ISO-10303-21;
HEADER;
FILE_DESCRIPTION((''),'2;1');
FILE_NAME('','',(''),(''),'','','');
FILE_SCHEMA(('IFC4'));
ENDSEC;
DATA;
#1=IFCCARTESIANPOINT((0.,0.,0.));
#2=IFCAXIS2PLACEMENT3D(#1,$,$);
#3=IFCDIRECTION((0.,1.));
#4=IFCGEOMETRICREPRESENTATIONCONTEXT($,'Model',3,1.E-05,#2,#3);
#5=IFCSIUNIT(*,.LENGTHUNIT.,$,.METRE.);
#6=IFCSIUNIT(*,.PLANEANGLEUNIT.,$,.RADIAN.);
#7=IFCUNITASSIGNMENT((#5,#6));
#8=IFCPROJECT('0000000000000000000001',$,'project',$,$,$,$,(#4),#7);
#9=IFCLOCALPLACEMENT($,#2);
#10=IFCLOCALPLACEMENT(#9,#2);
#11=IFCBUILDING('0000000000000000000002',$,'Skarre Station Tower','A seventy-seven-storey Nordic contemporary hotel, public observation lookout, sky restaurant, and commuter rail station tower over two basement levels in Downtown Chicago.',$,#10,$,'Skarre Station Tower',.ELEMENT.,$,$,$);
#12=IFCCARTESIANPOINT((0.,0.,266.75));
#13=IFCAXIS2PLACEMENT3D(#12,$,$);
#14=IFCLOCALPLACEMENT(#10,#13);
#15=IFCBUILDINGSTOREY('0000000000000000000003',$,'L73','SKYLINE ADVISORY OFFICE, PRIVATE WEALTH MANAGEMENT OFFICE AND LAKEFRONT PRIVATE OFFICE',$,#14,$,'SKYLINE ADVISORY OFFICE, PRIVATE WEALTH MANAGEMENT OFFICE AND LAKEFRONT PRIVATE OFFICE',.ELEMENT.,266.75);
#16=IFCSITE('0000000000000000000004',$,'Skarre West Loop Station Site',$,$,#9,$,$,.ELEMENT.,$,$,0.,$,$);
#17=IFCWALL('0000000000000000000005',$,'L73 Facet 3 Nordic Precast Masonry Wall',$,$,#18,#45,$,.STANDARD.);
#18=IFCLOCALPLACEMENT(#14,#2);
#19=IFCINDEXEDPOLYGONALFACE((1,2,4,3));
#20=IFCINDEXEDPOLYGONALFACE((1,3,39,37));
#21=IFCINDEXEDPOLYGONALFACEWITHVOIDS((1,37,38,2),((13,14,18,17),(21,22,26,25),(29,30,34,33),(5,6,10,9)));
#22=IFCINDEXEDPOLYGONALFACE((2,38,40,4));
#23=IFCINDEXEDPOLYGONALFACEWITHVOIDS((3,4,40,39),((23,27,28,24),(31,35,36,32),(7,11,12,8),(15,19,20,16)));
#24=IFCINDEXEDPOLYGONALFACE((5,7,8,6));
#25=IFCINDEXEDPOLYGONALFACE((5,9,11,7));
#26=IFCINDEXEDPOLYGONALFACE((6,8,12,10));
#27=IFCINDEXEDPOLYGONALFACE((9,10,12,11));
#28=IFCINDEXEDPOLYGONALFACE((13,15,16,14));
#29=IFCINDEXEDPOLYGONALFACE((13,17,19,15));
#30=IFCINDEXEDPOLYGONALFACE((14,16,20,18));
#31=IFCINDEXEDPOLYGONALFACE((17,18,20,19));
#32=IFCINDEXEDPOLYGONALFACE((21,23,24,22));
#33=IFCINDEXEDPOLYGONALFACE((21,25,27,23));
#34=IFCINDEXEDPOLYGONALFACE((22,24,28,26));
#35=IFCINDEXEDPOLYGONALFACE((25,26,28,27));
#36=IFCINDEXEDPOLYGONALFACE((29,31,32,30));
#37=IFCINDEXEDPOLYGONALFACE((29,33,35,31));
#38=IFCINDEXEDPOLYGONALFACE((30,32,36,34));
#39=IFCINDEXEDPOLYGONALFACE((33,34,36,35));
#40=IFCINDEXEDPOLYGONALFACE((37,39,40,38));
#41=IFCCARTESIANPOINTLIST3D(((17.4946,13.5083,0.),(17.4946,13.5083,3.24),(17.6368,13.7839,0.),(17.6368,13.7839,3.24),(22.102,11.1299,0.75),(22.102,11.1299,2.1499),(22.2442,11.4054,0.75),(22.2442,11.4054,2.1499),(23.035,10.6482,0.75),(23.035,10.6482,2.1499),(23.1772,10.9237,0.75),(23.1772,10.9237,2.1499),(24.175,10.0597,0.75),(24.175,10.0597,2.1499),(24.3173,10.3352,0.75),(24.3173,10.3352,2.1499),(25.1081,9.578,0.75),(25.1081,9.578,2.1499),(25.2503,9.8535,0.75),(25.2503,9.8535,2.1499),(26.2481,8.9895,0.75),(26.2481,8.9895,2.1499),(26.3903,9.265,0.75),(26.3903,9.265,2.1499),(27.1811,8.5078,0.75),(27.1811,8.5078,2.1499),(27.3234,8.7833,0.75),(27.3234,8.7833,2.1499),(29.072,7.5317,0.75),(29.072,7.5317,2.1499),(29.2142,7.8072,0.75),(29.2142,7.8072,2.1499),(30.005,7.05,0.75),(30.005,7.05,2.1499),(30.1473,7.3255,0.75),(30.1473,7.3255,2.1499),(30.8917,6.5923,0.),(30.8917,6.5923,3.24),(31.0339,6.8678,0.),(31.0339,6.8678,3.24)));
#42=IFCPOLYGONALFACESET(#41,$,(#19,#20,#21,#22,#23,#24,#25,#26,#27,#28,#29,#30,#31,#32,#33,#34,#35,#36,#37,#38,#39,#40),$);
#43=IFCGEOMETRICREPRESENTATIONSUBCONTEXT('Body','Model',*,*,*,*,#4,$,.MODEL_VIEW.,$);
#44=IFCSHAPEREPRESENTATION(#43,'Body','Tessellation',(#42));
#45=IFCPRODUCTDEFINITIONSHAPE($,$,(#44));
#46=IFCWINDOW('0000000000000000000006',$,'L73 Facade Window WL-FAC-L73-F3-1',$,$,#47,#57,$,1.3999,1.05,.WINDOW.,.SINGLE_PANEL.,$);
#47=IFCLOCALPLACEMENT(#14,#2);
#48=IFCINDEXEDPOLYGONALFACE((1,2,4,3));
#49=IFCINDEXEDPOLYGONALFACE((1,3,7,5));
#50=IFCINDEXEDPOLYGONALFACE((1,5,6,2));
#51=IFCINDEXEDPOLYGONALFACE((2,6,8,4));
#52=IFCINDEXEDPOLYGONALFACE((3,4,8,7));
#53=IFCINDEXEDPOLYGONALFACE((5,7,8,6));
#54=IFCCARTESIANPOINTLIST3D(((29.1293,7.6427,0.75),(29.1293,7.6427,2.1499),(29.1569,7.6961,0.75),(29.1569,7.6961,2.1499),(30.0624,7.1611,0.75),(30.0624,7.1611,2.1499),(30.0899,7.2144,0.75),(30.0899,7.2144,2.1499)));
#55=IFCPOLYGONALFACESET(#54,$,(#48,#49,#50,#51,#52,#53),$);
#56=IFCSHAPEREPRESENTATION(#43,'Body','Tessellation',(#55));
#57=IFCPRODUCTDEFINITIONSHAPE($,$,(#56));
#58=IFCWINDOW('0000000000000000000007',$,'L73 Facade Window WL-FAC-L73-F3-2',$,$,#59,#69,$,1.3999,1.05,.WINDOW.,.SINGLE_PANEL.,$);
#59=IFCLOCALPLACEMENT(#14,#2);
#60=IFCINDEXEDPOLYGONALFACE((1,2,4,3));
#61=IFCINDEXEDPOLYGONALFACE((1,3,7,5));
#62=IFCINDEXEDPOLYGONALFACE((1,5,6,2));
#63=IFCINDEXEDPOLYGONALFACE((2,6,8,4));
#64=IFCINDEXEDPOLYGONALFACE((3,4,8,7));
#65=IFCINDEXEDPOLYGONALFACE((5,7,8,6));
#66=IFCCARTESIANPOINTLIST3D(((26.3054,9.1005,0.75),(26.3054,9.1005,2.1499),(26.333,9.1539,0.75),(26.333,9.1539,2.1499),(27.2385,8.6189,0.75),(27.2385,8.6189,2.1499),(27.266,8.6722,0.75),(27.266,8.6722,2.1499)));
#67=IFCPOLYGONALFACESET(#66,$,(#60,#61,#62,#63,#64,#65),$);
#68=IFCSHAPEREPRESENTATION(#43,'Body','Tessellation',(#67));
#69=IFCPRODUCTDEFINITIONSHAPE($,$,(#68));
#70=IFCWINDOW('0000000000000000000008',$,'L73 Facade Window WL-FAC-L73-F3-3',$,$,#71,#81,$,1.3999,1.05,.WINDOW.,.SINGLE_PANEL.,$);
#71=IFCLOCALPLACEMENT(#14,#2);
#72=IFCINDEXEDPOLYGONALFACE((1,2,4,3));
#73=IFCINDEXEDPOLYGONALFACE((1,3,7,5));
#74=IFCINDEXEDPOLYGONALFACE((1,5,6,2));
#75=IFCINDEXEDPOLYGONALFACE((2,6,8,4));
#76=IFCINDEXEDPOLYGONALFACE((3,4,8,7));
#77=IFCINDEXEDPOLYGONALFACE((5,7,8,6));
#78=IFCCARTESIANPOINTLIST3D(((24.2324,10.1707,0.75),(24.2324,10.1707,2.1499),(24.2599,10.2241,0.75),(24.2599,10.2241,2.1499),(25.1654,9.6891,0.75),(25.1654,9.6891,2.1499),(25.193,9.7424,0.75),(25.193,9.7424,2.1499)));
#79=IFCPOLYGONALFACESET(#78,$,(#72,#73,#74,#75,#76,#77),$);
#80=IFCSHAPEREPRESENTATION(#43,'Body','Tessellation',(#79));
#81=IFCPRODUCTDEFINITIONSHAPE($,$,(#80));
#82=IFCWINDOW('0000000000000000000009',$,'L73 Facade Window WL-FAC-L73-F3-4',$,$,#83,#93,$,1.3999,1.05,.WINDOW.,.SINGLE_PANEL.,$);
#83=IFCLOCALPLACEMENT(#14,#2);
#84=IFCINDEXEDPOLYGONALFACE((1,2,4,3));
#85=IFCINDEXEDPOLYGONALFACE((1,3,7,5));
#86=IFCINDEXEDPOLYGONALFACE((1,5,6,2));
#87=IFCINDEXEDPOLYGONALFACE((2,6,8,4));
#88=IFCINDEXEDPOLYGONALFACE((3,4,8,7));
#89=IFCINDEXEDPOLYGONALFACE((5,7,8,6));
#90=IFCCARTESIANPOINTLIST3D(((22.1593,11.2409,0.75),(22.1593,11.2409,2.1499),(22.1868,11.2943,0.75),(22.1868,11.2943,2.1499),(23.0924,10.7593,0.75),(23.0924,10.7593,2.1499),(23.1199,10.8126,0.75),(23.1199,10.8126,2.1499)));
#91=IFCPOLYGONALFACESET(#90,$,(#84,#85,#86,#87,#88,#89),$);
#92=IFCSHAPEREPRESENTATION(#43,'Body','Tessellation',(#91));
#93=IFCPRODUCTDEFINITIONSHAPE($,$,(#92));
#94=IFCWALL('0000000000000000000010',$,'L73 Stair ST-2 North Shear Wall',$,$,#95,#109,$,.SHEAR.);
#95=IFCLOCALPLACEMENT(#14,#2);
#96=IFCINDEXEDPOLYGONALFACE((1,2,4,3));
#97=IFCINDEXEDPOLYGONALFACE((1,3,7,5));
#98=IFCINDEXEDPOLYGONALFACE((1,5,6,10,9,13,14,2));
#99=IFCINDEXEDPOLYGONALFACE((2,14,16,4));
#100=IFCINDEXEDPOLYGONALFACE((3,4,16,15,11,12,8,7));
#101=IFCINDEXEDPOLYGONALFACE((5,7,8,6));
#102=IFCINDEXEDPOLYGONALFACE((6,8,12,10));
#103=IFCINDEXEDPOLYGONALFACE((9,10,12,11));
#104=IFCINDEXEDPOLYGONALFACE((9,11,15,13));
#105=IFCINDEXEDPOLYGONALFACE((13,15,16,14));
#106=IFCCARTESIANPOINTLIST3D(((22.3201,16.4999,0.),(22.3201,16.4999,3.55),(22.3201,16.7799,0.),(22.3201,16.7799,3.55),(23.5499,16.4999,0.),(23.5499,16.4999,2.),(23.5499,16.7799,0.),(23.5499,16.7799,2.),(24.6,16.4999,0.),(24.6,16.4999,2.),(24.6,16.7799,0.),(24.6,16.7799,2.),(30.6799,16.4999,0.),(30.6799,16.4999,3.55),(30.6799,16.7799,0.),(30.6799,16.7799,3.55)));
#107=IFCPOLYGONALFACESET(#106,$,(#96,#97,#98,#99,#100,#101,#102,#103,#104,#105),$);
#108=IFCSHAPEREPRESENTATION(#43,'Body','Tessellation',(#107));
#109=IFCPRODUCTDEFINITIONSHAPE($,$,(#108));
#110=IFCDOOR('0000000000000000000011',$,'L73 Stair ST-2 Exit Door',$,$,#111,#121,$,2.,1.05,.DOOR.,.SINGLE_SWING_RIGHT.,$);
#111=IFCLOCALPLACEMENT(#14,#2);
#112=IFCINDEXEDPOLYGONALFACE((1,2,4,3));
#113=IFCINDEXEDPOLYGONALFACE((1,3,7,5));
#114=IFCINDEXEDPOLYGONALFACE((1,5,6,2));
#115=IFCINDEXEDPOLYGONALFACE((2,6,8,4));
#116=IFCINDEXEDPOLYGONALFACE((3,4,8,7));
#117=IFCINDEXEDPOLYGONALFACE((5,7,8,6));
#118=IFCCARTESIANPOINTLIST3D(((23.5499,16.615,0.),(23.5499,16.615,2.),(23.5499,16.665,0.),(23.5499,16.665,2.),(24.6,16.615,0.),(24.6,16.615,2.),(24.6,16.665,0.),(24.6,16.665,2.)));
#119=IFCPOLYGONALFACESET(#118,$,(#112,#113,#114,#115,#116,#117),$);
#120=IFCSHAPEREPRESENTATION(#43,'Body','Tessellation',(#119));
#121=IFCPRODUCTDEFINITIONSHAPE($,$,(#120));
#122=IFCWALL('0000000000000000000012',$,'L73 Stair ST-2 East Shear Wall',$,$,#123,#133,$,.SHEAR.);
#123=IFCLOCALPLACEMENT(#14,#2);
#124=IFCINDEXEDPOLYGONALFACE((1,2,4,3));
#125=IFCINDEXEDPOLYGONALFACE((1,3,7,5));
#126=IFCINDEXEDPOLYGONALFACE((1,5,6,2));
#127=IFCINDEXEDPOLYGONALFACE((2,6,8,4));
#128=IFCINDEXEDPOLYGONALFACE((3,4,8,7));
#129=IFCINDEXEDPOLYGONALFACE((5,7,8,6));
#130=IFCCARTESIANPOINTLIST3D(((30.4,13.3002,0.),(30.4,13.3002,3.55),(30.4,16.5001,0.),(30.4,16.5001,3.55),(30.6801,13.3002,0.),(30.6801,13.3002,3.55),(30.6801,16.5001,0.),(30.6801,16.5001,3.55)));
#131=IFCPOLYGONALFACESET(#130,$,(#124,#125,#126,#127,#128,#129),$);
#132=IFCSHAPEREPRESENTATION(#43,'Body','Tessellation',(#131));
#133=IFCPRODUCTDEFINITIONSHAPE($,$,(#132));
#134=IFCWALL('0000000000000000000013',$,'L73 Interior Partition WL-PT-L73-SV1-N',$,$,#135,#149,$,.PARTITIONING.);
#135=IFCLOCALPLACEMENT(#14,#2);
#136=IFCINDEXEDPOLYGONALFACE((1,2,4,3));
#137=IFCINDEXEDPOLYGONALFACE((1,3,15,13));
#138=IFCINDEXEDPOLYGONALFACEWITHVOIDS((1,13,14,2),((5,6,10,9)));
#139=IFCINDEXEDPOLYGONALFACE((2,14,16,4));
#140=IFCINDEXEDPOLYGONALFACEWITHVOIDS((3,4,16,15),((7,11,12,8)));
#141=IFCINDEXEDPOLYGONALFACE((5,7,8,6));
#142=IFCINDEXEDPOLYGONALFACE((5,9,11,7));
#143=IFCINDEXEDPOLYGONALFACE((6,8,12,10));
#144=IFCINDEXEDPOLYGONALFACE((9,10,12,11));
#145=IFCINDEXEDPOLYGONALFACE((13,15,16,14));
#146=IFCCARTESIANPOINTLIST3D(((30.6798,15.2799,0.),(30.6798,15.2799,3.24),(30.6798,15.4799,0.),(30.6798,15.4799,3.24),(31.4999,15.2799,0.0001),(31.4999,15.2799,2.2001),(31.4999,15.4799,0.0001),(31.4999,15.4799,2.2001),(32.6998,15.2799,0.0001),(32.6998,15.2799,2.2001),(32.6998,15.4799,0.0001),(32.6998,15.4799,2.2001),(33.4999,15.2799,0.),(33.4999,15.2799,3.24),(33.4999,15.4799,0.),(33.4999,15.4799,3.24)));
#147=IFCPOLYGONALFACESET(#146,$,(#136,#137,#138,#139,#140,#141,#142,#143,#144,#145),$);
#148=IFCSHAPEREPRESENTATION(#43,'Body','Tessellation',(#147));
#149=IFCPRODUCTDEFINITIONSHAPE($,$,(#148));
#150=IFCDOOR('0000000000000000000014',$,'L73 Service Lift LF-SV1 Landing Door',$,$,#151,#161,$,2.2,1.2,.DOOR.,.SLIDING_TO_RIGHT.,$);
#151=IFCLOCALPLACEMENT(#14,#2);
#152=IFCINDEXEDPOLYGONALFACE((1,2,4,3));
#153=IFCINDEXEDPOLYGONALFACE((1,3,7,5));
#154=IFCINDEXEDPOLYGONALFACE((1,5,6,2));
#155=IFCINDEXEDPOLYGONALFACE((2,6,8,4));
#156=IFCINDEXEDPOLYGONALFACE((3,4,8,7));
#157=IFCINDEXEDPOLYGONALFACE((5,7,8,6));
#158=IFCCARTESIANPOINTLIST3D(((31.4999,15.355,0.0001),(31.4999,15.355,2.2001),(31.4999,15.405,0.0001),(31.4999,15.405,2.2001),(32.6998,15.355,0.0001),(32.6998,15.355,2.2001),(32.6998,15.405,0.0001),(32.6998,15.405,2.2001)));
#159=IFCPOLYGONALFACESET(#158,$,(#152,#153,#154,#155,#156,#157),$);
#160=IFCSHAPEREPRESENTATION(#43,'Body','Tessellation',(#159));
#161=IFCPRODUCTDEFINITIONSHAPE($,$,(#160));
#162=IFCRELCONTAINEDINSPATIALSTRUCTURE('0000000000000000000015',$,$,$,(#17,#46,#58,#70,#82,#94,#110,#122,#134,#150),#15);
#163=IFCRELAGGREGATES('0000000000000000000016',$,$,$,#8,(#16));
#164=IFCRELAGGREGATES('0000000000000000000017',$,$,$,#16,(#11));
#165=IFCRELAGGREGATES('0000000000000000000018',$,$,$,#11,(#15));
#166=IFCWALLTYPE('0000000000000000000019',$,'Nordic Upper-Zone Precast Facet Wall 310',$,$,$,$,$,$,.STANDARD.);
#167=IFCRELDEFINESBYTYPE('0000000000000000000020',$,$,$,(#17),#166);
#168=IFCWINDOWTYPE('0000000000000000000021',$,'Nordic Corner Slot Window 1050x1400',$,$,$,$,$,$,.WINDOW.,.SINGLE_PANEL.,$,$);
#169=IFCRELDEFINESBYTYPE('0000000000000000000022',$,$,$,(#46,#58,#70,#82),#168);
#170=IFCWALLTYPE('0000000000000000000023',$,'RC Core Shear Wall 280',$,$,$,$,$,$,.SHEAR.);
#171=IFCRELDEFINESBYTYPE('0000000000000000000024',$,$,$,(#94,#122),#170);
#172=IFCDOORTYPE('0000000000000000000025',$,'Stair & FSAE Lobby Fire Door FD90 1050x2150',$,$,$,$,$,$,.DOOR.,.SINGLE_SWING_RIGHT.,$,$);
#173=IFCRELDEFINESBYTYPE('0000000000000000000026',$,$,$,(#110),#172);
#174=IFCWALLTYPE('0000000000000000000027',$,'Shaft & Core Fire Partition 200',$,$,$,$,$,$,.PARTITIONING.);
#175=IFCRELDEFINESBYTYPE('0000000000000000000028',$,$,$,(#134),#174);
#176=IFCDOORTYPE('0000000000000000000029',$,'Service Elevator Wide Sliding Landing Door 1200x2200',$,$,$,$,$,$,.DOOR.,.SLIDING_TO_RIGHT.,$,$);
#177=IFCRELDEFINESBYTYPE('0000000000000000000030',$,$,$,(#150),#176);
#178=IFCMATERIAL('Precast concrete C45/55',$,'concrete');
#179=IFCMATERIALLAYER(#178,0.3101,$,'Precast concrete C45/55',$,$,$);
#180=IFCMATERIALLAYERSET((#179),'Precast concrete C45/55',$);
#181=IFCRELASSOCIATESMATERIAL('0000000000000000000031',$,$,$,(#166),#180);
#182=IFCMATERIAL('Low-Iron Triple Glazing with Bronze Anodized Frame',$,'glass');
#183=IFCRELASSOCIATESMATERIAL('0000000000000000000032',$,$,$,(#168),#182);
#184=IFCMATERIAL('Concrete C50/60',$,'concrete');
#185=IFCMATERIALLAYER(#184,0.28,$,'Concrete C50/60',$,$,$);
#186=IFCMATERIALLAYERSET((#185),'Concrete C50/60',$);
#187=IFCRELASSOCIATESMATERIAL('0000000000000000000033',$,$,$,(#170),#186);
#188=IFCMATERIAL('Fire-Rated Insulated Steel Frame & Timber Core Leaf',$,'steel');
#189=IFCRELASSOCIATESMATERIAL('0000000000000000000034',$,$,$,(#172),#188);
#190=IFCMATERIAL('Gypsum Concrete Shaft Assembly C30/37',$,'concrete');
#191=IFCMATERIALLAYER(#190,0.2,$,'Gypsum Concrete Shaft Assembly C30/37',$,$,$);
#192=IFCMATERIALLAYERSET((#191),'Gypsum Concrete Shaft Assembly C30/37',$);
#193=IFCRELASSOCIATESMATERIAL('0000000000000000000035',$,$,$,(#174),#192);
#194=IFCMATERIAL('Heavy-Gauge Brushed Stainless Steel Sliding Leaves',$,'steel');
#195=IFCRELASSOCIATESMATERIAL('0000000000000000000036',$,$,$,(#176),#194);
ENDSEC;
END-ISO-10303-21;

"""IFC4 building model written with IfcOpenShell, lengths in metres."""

from ifc_helpers import new_model, si_unit, direction, frame, frame_2d, origin, place, context, subcontext, project, spatial, rectangle, extrude, material, layer, layer_set, type_object, element, fill, save


model = new_model("IFC4")

# Units and contexts
model_context = context("Model", 3, precision=1e-05, world=origin(), true_north=direction((0.0, 1.0)))
body_context = subcontext(model_context, "Body", "Model", "MODEL_VIEW")
ifc_project = project(units=[si_unit("LENGTHUNIT", "METRE"), si_unit("PLANEANGLEUNIT", "RADIAN")], contexts=[model_context])

# Site, building, storey
site_placement = place(None, origin())
site = spatial("IfcSite", under=ifc_project, at=site_placement, Name="Skarre West Loop Station Site", CompositionType="ELEMENT", RefElevation=0.0)
building_placement = place(site_placement, origin())
building = spatial("IfcBuilding", under=site, at=building_placement, Name="Skarre Station Tower", Description="A seventy-seven-storey Nordic contemporary hotel, public observation lookout, sky restaurant, and commuter rail station tower over two basement levels in Downtown Chicago.", LongName="Skarre Station Tower", CompositionType="ELEMENT")
storey_placement = place(building_placement, frame((0.0, 0.0, 266.75)))
storey = spatial("IfcBuildingStorey", under=building, at=storey_placement, Name="L73", Description="SKYLINE ADVISORY OFFICE, PRIVATE WEALTH MANAGEMENT OFFICE AND LAKEFRONT PRIVATE OFFICE", LongName="SKYLINE ADVISORY OFFICE, PRIVATE WEALTH MANAGEMENT OFFICE AND LAKEFRONT PRIVATE OFFICE", CompositionType="ELEMENT", Elevation=266.75)

# Shared definitions
ifc_material_1 = material(Name="Concrete C50/60", Category="concrete")

# Shared definitions
ifc_material_2 = material(Name="Precast concrete C45/55", Category="concrete")

# Wall, openings, windows
ifc_layer_1 = layer(ifc_material_2, 0.3101, Name="Precast concrete C45/55")
ifc_layer_set_1 = layer_set([ifc_layer_1], Name="Precast concrete C45/55")
wall_type_1 = type_object("IfcWallType", Name="Nordic Upper-Zone Precast Facet Wall 310", PredefinedType="STANDARD", material=ifc_layer_set_1)
wall_1_placement = place(storey_placement, frame((30.9629, 6.73, 0.0), z_axis=(0.0, 0.0, 1.0), x_axis=(-0.888581, 0.458719, 0.0)))
wall_1 = element("IfcWall", 1, at=wall_1_placement, inside=storey, type_object=wall_type_1, Name="L73 Facet 3 Nordic Precast Masonry Wall", PredefinedType="STANDARD", context=body_context, shape_type="SweptSolid", body=[
    extrude(rectangle(XDim=15.0769, YDim=0.3101, at=frame_2d((7.5386, 0.0))), origin(), (0.0, 0.0, 1.0), 3.24),
])
opening_1_placement = place(wall_1_placement, frame((0.998, 0.0, 0.75)))
opening_1 = element("IfcOpeningElement", 2, at=opening_1_placement, cuts=wall_1, PredefinedType="OPENING", context=body_context, shape_type="SweptSolid", body=[
    extrude(rectangle(XDim=1.05, YDim=1.3999, at=frame_2d((0.5249, 0.7))), frame((0.0, 0.165, 0.0), z_axis=(0.0, -1.0, 0.0), x_axis=(1.0, 0.0, 0.0)), (0.0, 0.0, 1.0), 0.3301),
])
opening_2_placement = place(wall_1_placement, frame((4.176, 0.0, 0.75)))
opening_2 = element("IfcOpeningElement", 3, at=opening_2_placement, cuts=wall_1, PredefinedType="OPENING", context=body_context, shape_type="SweptSolid", body=[
    extrude(rectangle(XDim=1.05, YDim=1.3999, at=frame_2d((0.5249, 0.7))), frame((0.0, 0.165, 0.0), z_axis=(0.0, -1.0, 0.0), x_axis=(1.0, 0.0, 0.0)), (0.0, 0.0, 1.0), 0.3301),
])
opening_3_placement = place(wall_1_placement, frame((6.509, 0.0, 0.75)))
opening_3 = element("IfcOpeningElement", 4, at=opening_3_placement, cuts=wall_1, PredefinedType="OPENING", context=body_context, shape_type="SweptSolid", body=[
    extrude(rectangle(XDim=1.05, YDim=1.3999, at=frame_2d((0.5249, 0.7))), frame((0.0, 0.165, 0.0), z_axis=(0.0, -1.0, 0.0), x_axis=(1.0, 0.0, 0.0)), (0.0, 0.0, 1.0), 0.3301),
])
opening_4_placement = place(wall_1_placement, frame((8.842, 0.0, 0.75)))
opening_4 = element("IfcOpeningElement", 5, at=opening_4_placement, cuts=wall_1, PredefinedType="OPENING", context=body_context, shape_type="SweptSolid", body=[
    extrude(rectangle(XDim=1.05, YDim=1.3999, at=frame_2d((0.5249, 0.7))), frame((0.0, 0.165, 0.0), z_axis=(0.0, -1.0, 0.0), x_axis=(1.0, 0.0, 0.0)), (0.0, 0.0, 1.0), 0.3301),
])
ifc_material_3 = material(Name="Low-Iron Triple Glazing with Bronze Anodized Frame", Category="glass")
window_type = type_object("IfcWindowType", Name="Nordic Corner Slot Window 1050x1400", PartitioningType="SINGLE_PANEL", PredefinedType="WINDOW", material=ifc_material_3)
window_1_placement = place(opening_1_placement, origin())
window_1 = element("IfcWindow", 6, at=window_1_placement, inside=storey, type_object=window_type, Name="L73 Facade Window WL-FAC-L73-F3-1", OverallHeight=1.3999, OverallWidth=1.05, PartitioningType="SINGLE_PANEL", PredefinedType="WINDOW", context=body_context, shape_type="SweptSolid", body=[
    extrude(rectangle(XDim=1.05, YDim=1.3999, at=frame_2d((0.5249, 0.7))), frame((0.0, 0.03, 0.0), z_axis=(0.0, -1.0, 0.0), x_axis=(1.0, 0.0, 0.0)), (0.0, 0.0, 1.0), 0.0601),
])
fill(opening_1, window_1)
window_2_placement = place(opening_2_placement, origin())
window_2 = element("IfcWindow", 7, at=window_2_placement, inside=storey, type_object=window_type, Name="L73 Facade Window WL-FAC-L73-F3-2", OverallHeight=1.3999, OverallWidth=1.05, PartitioningType="SINGLE_PANEL", PredefinedType="WINDOW", context=body_context, shape_type="SweptSolid", body=[
    extrude(rectangle(XDim=1.05, YDim=1.3999, at=frame_2d((0.5249, 0.7))), frame((0.0, 0.03, 0.0), z_axis=(0.0, -1.0, 0.0), x_axis=(1.0, 0.0, 0.0)), (0.0, 0.0, 1.0), 0.0601),
])
fill(opening_2, window_2)
window_3_placement = place(opening_3_placement, origin())
window_3 = element("IfcWindow", 8, at=window_3_placement, inside=storey, type_object=window_type, Name="L73 Facade Window WL-FAC-L73-F3-3", OverallHeight=1.3999, OverallWidth=1.05, PartitioningType="SINGLE_PANEL", PredefinedType="WINDOW", context=body_context, shape_type="SweptSolid", body=[
    extrude(rectangle(XDim=1.05, YDim=1.3999, at=frame_2d((0.5249, 0.7))), frame((0.0, 0.03, 0.0), z_axis=(0.0, -1.0, 0.0), x_axis=(1.0, 0.0, 0.0)), (0.0, 0.0, 1.0), 0.0601),
])
fill(opening_3, window_3)
window_4_placement = place(opening_4_placement, origin())
window_4 = element("IfcWindow", 9, at=window_4_placement, inside=storey, type_object=window_type, Name="L73 Facade Window WL-FAC-L73-F3-4", OverallHeight=1.3999, OverallWidth=1.05, PartitioningType="SINGLE_PANEL", PredefinedType="WINDOW", context=body_context, shape_type="SweptSolid", body=[
    extrude(rectangle(XDim=1.05, YDim=1.3999, at=frame_2d((0.5249, 0.7))), frame((0.0, 0.03, 0.0), z_axis=(0.0, -1.0, 0.0), x_axis=(1.0, 0.0, 0.0)), (0.0, 0.0, 1.0), 0.0601),
])
fill(opening_4, window_4)

# Wall, opening, door
ifc_layer_2 = layer(ifc_material_1, 0.28, Name="Concrete C50/60")
ifc_layer_set_2 = layer_set([ifc_layer_2], Name="Concrete C50/60")
wall_type_2 = type_object("IfcWallType", Name="RC Core Shear Wall 280", PredefinedType="SHEAR", material=ifc_layer_set_2)
wall_2_placement = place(storey_placement, frame((30.6799, 16.6399, 0.0), z_axis=(0.0, 0.0, 1.0), x_axis=(-1.0, 0.0, 0.0)))
wall_2 = element("IfcWall", 10, at=wall_2_placement, inside=storey, type_object=wall_type_2, Name="L73 Stair ST-2 North Shear Wall", PredefinedType="SHEAR", context=body_context, shape_type="SweptSolid", body=[
    extrude(rectangle(XDim=8.3599, YDim=0.28, at=frame_2d((4.1799, 0.0))), origin(), (0.0, 0.0, 1.0), 3.55),
])
opening_5_placement = place(wall_2_placement, frame((6.0801, 0.0, 0.0)))
opening_5 = element("IfcOpeningElement", 11, at=opening_5_placement, cuts=wall_2, PredefinedType="OPENING", context=body_context, shape_type="SweptSolid", body=[
    extrude(rectangle(XDim=1.05, YDim=2.0, at=frame_2d((0.5249, 1.0))), frame((0.0, 0.1499, 0.0), z_axis=(0.0, -1.0, 0.0), x_axis=(1.0, 0.0, 0.0)), (0.0, 0.0, 1.0), 0.3),
])
ifc_material_4 = material(Name="Fire-Rated Insulated Steel Frame & Timber Core Leaf", Category="steel")
door_type_1 = type_object("IfcDoorType", Name="Stair & FSAE Lobby Fire Door FD90 1050x2150", OperationType="SINGLE_SWING_RIGHT", PredefinedType="DOOR", material=ifc_material_4)
door_1_placement = place(opening_5_placement, origin())
door_1 = element("IfcDoor", 12, at=door_1_placement, inside=storey, type_object=door_type_1, Name="L73 Stair ST-2 Exit Door", OperationType="SINGLE_SWING_RIGHT", OverallHeight=2.0, OverallWidth=1.05, PredefinedType="DOOR", context=body_context, shape_type="SweptSolid", body=[
    extrude(rectangle(XDim=1.05, YDim=2.0, at=frame_2d((0.5249, 1.0))), frame((0.0, 0.0249, 0.0), z_axis=(0.0, -1.0, 0.0), x_axis=(1.0, 0.0, 0.0)), (0.0, 0.0, 1.0), 0.05),
])
fill(opening_5, door_1)

# Wall
wall_3_placement = place(storey_placement, frame((30.54, 13.3, 0.0), z_axis=(0.0, 0.0, 1.0), x_axis=(0.0, 1.0, 0.0)))
element("IfcWall", 13, at=wall_3_placement, inside=storey, type_object=wall_type_2, Name="L73 Stair ST-2 East Shear Wall", PredefinedType="SHEAR", context=body_context, shape_type="SweptSolid", body=[
    extrude(rectangle(XDim=3.2, YDim=0.28, at=frame_2d((1.6001, 0.0))), origin(), (0.0, 0.0, 1.0), 3.55),
])

# Wall, opening, door
ifc_material_5 = material(Name="Gypsum Concrete Shaft Assembly C30/37", Category="concrete")
ifc_layer_3 = layer(ifc_material_5, 0.2, Name="Gypsum Concrete Shaft Assembly C30/37")
ifc_layer_set_3 = layer_set([ifc_layer_3], Name="Gypsum Concrete Shaft Assembly C30/37")
wall_type_3 = type_object("IfcWallType", Name="Shaft & Core Fire Partition 200", PredefinedType="PARTITIONING", material=ifc_layer_set_3)
wall_4_placement = place(storey_placement, frame((33.5, 15.3799, 0.0), z_axis=(0.0, 0.0, 1.0), x_axis=(-1.0, 0.0, 0.0)))
wall_4 = element("IfcWall", 14, at=wall_4_placement, inside=storey, type_object=wall_type_3, Name="L73 Interior Partition WL-PT-L73-SV1-N", PredefinedType="PARTITIONING", context=body_context, shape_type="SweptSolid", body=[
    extrude(rectangle(XDim=2.8201, YDim=0.2, at=frame_2d((1.4102, 0.0))), origin(), (0.0, 0.0, 1.0), 3.24),
])
opening_6_placement = place(wall_4_placement, frame((0.8, 0.0, 0.0)))
opening_6 = element("IfcOpeningElement", 15, at=opening_6_placement, cuts=wall_4, PredefinedType="OPENING", context=body_context, shape_type="SweptSolid", body=[
    extrude(rectangle(XDim=1.2, YDim=2.2, at=frame_2d((0.6001, 1.1001))), frame((0.0, 0.1099, 0.0), z_axis=(0.0, -1.0, 0.0), x_axis=(1.0, 0.0, 0.0)), (0.0, 0.0, 1.0), 0.22),
])
ifc_material_6 = material(Name="Heavy-Gauge Brushed Stainless Steel Sliding Leaves", Category="steel")
door_type_2 = type_object("IfcDoorType", Name="Service Elevator Wide Sliding Landing Door 1200x2200", OperationType="SLIDING_TO_RIGHT", PredefinedType="DOOR", material=ifc_material_6)
door_2_placement = place(opening_6_placement, origin())
door_2 = element("IfcDoor", 16, at=door_2_placement, inside=storey, type_object=door_type_2, Name="L73 Service Lift LF-SV1 Landing Door", OperationType="SLIDING_TO_RIGHT", OverallHeight=2.2, OverallWidth=1.2, PredefinedType="DOOR", context=body_context, shape_type="SweptSolid", body=[
    extrude(rectangle(XDim=1.2, YDim=2.2, at=frame_2d((0.6001, 1.1001))), frame((0.0, 0.0249, 0.0), z_axis=(0.0, -1.0, 0.0), x_axis=(1.0, 0.0, 0.0)), (0.0, 0.0, 1.0), 0.05),
])
fill(opening_6, door_2)

save(model, "model.ifc")
